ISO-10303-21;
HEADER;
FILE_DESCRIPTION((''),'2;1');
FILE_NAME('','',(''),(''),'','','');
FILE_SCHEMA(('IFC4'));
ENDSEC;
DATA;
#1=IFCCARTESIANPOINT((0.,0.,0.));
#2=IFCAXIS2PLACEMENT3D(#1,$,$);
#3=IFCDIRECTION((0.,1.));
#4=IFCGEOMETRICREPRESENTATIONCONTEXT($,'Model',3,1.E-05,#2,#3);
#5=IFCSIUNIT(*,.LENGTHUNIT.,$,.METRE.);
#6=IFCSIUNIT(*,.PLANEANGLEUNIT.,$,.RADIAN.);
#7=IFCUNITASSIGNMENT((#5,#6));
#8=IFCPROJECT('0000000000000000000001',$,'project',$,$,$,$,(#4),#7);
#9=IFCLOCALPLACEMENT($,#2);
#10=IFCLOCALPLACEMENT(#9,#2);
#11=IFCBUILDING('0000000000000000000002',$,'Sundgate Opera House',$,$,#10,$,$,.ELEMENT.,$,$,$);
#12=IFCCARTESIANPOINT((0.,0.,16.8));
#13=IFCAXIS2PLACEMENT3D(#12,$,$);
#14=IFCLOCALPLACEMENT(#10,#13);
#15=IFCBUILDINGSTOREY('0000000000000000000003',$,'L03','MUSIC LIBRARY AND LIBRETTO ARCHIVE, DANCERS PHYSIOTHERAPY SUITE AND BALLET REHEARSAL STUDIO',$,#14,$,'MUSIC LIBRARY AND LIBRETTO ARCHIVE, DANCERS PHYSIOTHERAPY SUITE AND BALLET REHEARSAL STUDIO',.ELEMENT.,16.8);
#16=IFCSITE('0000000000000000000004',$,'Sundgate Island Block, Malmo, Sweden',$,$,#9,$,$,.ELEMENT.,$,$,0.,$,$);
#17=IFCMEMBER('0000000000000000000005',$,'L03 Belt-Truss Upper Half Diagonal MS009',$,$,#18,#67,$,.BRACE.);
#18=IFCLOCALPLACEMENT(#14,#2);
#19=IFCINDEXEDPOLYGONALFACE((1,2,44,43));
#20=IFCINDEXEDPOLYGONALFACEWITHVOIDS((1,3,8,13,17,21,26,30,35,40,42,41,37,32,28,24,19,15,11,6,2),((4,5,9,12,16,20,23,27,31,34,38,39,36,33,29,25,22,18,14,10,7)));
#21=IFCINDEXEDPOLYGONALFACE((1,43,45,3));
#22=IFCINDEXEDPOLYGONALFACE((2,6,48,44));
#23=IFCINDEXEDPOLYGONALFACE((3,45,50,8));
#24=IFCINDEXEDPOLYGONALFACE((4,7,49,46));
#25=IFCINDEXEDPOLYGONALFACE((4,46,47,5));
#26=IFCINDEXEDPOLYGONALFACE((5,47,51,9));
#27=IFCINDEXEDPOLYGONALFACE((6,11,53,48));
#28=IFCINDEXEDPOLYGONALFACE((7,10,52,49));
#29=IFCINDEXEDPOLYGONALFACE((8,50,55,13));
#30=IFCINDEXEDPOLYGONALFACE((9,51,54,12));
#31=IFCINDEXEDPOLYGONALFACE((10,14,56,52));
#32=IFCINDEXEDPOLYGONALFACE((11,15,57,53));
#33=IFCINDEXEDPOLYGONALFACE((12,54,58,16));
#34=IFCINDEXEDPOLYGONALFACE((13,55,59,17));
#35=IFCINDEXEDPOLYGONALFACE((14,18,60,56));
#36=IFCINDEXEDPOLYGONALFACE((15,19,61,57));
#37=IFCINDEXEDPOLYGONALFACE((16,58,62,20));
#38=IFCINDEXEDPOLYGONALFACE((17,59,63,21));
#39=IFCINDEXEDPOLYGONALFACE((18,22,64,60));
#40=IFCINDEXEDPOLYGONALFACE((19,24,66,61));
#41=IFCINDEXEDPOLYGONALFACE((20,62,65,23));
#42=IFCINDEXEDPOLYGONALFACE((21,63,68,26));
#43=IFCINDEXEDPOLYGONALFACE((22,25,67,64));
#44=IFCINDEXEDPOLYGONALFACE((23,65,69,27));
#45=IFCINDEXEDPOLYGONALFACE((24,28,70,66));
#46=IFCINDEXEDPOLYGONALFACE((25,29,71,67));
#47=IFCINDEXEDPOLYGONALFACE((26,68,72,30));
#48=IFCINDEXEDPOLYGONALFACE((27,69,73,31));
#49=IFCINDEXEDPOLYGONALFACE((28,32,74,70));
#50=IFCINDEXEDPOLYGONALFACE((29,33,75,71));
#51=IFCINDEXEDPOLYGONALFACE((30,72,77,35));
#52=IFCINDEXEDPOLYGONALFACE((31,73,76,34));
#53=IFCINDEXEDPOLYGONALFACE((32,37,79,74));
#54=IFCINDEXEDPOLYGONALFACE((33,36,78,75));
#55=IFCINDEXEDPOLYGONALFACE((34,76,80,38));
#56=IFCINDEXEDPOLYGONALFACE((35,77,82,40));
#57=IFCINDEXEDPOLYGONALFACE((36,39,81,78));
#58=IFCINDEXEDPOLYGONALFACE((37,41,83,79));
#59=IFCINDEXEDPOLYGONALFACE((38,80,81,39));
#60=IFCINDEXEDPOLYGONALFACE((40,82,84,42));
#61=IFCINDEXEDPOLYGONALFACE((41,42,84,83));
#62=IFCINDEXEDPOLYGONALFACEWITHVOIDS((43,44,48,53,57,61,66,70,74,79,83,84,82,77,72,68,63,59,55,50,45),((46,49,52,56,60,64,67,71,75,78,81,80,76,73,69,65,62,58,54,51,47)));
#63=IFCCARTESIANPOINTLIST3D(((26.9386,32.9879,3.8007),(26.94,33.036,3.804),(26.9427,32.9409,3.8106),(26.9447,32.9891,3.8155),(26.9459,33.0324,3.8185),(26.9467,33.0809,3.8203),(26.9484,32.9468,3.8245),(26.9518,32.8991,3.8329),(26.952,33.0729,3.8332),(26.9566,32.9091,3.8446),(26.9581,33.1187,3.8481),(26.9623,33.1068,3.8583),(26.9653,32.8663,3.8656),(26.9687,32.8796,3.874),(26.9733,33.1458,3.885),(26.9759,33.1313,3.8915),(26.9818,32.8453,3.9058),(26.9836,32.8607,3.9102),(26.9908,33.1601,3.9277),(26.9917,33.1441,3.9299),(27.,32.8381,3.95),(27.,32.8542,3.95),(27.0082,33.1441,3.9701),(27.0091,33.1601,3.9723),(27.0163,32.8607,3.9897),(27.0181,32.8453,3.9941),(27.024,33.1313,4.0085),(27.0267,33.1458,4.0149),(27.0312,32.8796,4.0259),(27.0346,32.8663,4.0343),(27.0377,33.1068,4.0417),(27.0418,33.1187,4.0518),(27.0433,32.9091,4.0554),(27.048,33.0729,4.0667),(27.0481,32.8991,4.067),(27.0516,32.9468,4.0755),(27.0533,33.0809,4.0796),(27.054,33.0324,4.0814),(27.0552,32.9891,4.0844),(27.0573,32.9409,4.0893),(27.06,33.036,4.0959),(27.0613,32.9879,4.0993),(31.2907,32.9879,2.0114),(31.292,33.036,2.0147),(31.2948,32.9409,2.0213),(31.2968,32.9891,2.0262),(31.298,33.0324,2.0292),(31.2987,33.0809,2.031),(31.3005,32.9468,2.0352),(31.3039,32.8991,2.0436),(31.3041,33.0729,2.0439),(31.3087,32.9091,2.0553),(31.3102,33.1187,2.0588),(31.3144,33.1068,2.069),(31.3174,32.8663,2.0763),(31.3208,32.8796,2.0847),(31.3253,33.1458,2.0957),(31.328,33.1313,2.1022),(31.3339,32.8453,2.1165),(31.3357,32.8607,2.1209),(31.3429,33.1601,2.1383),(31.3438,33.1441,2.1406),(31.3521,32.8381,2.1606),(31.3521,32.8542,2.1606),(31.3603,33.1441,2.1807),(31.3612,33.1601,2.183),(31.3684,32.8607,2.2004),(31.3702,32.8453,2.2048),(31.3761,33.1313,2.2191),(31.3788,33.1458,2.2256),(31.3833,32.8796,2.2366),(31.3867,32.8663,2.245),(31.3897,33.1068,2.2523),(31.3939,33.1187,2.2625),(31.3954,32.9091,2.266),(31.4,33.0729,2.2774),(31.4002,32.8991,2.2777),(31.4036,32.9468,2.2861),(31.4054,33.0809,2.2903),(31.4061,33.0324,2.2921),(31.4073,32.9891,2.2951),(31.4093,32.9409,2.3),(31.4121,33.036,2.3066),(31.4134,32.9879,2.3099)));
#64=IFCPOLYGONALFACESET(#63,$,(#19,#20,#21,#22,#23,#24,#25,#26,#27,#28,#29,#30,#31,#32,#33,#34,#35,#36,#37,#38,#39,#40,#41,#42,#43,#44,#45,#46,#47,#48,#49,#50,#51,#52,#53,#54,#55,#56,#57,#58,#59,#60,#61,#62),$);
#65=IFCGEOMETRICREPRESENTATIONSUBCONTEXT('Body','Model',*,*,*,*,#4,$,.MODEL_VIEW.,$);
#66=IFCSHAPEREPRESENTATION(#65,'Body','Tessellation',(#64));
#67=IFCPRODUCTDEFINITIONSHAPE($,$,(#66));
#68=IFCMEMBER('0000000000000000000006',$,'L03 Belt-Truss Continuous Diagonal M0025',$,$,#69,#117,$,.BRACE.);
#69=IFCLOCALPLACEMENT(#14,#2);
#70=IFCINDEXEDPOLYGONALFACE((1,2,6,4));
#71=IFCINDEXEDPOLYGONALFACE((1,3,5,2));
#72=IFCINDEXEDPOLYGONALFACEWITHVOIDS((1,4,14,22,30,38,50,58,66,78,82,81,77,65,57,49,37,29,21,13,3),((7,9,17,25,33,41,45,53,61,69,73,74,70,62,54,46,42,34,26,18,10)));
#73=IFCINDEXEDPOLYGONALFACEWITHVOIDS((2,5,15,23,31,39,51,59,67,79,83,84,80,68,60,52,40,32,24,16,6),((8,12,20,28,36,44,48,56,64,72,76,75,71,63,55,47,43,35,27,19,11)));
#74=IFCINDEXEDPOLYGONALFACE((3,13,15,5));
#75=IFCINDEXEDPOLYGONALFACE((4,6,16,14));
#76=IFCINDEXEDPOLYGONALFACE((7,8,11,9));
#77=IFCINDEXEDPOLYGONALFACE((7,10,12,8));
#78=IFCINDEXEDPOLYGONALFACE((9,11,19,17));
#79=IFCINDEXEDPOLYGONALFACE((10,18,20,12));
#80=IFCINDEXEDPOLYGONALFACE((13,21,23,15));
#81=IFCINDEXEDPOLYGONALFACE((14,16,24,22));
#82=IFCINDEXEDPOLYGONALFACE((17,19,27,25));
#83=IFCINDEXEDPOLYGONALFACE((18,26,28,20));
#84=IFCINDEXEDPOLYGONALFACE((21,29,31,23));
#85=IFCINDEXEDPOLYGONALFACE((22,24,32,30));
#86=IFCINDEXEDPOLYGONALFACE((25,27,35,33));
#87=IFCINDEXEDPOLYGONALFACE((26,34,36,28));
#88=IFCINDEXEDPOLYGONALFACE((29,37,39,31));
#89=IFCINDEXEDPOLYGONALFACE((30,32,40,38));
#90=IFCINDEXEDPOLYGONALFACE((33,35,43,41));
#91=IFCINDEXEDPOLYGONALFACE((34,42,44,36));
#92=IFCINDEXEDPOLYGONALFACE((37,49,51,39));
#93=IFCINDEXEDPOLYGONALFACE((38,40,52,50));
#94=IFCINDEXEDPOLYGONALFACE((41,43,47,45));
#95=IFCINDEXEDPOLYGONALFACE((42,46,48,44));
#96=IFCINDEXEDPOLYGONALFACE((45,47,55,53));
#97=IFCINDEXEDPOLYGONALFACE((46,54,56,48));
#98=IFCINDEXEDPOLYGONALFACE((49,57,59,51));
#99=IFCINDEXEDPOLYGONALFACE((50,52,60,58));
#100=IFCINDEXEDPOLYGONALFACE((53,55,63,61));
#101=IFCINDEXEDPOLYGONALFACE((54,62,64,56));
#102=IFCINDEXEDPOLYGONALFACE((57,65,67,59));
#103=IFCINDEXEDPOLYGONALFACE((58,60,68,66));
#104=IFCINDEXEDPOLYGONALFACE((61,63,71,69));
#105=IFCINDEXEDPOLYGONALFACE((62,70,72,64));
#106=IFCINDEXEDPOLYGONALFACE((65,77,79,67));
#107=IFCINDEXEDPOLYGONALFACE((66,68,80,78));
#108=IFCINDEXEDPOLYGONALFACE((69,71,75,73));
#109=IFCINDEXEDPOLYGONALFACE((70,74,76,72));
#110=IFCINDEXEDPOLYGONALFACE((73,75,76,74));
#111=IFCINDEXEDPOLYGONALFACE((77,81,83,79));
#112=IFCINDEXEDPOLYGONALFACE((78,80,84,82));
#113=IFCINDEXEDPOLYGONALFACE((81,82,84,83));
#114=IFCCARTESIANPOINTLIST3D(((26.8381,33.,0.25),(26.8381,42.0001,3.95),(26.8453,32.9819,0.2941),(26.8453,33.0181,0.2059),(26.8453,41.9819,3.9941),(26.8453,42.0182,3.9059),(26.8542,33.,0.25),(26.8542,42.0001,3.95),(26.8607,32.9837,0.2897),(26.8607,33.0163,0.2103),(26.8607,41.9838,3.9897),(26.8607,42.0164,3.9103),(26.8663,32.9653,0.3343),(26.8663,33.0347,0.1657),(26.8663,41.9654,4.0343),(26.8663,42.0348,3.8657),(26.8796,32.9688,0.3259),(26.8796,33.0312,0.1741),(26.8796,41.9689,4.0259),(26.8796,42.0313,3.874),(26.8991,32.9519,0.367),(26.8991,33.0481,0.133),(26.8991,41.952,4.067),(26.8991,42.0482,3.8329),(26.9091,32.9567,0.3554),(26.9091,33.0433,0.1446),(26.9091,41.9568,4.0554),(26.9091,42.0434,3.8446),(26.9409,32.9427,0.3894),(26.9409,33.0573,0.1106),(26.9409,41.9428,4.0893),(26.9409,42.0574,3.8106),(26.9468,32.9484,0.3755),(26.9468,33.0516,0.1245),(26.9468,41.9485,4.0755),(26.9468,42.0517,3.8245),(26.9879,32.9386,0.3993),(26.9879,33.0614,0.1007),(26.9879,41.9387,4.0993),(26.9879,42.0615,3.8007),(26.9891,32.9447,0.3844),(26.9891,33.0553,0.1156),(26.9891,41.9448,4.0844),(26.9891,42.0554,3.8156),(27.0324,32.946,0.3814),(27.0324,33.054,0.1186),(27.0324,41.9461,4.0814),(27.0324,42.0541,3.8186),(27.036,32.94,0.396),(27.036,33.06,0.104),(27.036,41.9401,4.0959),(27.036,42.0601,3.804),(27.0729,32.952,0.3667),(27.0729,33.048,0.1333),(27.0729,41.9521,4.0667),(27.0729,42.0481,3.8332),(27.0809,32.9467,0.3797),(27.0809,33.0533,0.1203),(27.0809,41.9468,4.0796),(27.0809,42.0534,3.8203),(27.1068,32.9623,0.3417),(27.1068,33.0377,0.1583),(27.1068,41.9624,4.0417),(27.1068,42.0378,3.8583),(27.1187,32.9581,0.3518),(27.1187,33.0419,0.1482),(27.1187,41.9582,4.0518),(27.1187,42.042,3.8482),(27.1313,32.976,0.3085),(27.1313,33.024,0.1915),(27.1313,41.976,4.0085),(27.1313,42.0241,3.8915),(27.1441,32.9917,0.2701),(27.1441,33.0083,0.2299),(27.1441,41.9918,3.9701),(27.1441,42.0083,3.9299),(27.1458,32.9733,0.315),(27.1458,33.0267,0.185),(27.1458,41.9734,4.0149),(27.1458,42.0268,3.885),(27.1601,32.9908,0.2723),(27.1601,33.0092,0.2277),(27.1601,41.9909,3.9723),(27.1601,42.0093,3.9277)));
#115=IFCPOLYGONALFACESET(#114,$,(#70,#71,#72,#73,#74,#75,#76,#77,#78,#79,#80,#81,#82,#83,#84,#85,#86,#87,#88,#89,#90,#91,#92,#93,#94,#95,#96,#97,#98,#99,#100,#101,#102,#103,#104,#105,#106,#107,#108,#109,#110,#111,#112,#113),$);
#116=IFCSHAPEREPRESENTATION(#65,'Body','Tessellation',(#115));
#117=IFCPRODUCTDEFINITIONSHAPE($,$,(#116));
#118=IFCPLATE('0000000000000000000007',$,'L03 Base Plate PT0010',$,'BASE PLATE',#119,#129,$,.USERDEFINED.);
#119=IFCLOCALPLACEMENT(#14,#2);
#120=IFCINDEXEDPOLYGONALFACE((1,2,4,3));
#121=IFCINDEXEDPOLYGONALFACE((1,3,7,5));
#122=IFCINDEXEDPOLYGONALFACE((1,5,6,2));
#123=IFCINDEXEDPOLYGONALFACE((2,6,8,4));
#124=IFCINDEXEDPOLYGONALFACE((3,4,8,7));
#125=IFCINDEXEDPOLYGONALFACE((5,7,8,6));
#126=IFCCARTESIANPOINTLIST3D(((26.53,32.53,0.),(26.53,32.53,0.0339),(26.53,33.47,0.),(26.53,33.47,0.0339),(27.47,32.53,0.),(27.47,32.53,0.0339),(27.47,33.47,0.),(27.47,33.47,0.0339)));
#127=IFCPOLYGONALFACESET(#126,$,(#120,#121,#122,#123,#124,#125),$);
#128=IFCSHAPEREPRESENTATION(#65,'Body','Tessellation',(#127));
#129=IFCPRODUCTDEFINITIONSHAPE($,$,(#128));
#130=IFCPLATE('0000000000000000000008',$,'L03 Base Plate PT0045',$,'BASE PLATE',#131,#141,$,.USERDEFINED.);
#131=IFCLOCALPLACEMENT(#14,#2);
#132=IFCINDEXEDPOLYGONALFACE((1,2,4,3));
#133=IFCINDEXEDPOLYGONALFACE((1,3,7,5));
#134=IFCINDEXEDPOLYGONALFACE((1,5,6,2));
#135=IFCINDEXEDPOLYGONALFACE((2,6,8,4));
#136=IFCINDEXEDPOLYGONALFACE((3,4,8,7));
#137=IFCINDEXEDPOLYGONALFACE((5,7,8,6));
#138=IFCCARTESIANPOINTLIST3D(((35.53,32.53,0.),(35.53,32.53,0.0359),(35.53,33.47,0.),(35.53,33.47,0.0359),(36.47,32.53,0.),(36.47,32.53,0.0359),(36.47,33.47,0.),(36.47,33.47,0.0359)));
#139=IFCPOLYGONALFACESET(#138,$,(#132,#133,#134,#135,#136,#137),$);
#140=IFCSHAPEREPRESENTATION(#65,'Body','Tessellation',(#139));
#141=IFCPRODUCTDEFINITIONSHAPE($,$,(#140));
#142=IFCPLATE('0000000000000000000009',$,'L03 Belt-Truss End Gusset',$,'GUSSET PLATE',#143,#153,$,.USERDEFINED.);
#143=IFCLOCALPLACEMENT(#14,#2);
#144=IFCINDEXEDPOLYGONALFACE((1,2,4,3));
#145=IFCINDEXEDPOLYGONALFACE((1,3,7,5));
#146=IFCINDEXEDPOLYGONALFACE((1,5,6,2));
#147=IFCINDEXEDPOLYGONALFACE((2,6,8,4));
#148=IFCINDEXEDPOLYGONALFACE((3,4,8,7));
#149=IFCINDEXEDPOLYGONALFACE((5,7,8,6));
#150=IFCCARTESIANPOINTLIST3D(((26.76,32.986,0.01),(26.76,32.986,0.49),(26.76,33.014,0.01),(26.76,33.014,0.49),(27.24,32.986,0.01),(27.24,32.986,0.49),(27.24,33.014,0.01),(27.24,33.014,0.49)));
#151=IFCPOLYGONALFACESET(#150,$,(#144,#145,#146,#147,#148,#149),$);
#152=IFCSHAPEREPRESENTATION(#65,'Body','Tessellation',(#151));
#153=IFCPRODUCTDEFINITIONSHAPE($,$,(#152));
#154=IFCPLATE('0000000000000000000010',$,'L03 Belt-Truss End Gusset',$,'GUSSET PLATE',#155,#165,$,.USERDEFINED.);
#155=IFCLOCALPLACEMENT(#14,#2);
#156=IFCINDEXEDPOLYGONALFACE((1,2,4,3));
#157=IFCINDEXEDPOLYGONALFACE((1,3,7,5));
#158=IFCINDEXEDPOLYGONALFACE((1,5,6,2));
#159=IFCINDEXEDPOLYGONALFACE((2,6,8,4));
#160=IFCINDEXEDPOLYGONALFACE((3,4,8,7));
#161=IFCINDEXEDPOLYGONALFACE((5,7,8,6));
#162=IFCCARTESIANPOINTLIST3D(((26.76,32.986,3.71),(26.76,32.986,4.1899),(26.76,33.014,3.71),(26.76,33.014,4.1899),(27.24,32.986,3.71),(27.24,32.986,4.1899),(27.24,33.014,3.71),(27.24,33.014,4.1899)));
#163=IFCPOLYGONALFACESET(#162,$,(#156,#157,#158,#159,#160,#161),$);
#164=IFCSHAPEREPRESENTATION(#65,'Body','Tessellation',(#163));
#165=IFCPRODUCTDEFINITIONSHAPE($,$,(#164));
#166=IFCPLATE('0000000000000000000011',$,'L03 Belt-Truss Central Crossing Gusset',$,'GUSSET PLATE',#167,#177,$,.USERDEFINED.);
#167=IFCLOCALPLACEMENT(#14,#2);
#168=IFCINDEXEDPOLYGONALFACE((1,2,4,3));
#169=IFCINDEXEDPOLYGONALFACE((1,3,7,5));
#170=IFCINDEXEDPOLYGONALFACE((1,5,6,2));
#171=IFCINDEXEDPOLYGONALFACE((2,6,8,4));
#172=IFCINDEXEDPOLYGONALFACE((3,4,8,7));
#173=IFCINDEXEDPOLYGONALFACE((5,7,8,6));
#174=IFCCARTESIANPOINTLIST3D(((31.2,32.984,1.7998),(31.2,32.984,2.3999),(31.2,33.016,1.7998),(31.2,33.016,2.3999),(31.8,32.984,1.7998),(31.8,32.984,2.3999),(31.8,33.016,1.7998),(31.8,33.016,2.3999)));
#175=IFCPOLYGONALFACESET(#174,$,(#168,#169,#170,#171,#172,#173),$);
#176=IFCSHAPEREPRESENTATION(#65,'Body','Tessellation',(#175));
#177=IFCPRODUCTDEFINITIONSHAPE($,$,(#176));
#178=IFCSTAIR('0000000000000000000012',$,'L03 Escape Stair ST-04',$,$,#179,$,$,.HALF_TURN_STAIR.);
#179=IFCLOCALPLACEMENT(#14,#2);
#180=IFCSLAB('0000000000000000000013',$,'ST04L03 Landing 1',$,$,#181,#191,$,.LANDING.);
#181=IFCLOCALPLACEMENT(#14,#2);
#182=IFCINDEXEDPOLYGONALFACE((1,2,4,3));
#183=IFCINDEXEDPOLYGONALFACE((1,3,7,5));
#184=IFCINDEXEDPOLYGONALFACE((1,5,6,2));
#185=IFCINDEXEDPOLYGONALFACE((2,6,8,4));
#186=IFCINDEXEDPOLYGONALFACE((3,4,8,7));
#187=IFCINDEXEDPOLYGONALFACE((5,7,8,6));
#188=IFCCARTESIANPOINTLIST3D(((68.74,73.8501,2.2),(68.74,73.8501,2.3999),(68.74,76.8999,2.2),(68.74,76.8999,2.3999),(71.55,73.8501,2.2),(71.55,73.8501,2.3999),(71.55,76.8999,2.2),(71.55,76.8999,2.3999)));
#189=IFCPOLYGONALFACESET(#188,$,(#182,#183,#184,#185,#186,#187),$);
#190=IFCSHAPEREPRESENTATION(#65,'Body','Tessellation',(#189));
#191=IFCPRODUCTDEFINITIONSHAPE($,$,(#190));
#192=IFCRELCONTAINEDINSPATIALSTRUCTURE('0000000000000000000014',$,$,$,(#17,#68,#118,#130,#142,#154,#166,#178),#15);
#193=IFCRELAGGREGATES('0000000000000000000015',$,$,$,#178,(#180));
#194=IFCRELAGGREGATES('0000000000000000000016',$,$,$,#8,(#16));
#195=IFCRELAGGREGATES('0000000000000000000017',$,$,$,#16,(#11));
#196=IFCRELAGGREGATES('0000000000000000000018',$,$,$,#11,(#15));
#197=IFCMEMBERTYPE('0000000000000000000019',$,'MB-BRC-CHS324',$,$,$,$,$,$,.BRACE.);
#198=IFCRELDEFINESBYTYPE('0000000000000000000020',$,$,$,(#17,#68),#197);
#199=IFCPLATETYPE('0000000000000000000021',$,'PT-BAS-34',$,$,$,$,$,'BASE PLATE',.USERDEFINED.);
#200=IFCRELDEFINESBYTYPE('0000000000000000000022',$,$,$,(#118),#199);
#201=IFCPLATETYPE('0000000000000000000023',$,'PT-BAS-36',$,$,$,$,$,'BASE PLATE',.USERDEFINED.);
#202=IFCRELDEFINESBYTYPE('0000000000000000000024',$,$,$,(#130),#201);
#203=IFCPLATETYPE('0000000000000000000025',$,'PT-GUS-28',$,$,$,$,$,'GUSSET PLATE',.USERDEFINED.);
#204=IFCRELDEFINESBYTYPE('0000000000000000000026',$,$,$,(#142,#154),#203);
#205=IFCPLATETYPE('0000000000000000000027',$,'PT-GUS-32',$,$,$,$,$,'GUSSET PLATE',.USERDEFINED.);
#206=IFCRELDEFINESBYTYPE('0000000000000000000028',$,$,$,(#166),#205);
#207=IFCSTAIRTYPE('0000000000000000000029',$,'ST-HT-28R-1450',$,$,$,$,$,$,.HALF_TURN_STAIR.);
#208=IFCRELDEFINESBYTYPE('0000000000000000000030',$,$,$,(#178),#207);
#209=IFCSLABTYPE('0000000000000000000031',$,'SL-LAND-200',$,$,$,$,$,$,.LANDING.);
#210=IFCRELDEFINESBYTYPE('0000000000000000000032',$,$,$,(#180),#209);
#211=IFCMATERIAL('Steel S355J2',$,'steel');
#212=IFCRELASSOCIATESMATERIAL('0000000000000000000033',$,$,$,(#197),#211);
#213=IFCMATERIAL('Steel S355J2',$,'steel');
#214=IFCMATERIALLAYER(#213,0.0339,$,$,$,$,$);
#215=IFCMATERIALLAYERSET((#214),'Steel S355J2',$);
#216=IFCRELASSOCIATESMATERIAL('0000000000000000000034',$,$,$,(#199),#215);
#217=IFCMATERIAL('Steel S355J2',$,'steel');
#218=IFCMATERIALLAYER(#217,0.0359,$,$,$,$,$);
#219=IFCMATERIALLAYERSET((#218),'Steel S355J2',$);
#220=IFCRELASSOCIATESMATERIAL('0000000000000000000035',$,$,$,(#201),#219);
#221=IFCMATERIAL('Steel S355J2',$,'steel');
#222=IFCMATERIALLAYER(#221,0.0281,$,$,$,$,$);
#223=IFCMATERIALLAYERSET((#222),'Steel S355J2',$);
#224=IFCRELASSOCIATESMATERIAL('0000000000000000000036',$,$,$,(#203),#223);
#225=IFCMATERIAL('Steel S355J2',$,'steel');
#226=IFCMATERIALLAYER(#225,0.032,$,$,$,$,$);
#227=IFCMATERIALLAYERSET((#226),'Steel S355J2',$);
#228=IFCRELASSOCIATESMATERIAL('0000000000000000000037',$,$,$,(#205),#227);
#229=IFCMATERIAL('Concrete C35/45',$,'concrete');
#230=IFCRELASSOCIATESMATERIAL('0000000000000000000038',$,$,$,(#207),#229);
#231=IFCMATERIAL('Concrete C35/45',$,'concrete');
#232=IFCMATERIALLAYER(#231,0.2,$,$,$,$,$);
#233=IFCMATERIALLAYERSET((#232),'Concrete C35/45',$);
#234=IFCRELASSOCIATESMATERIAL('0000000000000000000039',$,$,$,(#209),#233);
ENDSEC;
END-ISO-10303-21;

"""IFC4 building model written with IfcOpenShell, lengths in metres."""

from ifc_helpers import new_model, si_unit, direction, frame, origin, origin_2d, place, context, subcontext, project, spatial, polyline, rectangle, hollow_circle, outline, extrude, material, layer, layer_set, material_profile, profile_set, type_object, element, aggregate, save


model = new_model("IFC4")

# Units and contexts
model_context = context("Model", 3, precision=1e-05, world=origin(), true_north=direction((0.0, 1.0)))
body_context = subcontext(model_context, "Body", "Model", "MODEL_VIEW")
ifc_project = project(units=[si_unit("LENGTHUNIT", "METRE"), si_unit("PLANEANGLEUNIT", "RADIAN")], contexts=[model_context])

# Site, building, storey
site_placement = place(None, origin())
site = spatial("IfcSite", under=ifc_project, at=site_placement, Name="Sundgate Island Block, Malmo, Sweden", CompositionType="ELEMENT", RefElevation=0.0)
building_placement = place(site_placement, origin())
building = spatial("IfcBuilding", under=site, at=building_placement, Name="Sundgate Opera House", CompositionType="ELEMENT")
storey_placement = place(building_placement, frame((0.0, 0.0, 16.8)))
storey = spatial("IfcBuildingStorey", under=building, at=storey_placement, Name="L03", Description="MUSIC LIBRARY AND LIBRETTO ARCHIVE, DANCERS PHYSIOTHERAPY SUITE AND BALLET REHEARSAL STUDIO", LongName="MUSIC LIBRARY AND LIBRETTO ARCHIVE, DANCERS PHYSIOTHERAPY SUITE AND BALLET REHEARSAL STUDIO", CompositionType="ELEMENT", Elevation=16.8)

# Members
ifc_material_1 = material(Name="Steel S355J2", Category="steel")
ifc_material_profile_1 = material_profile(ifc_material_1, hollow_circle(Radius=0.1619, WallThickness=0.0161, at=origin_2d()), Name="CHS 323.9x16.0")
ifc_profile_set_1 = profile_set([ifc_material_profile_1], Name="Steel S355J2")
member_type = type_object("IfcMemberType", Name="MB-BRC-CHS324", PredefinedType="BRACE", material=ifc_profile_set_1)
member_1_placement = place(storey_placement, frame((31.3521, 33.0, 2.1606), z_axis=(-0.924881, 0.0, 0.380257), x_axis=(0.0, -1.0, 0.0)))
element("IfcMember", 1, at=member_1_placement, inside=storey, type_object=member_type, Name="L03 Belt-Truss Upper Half Diagonal MS009", PredefinedType="BRACE", context=body_context, shape_type="SweptSolid", body=[
    extrude(hollow_circle(Radius=0.1619, WallThickness=0.0161, at=origin_2d()), origin(), (0.0, 0.0, 1.0), 4.7056),
])
member_2_placement = place(storey_placement, frame((27.0, 33.0, 0.25), z_axis=(0.0, 0.924893, 0.380229), x_axis=(-1.0, 0.0, 0.0)))
element("IfcMember", 2, at=member_2_placement, inside=storey, type_object=member_type, Name="L03 Belt-Truss Continuous Diagonal M0025", PredefinedType="BRACE", context=body_context, shape_type="SweptSolid", body=[
    extrude(hollow_circle(Radius=0.1619, WallThickness=0.0161, at=origin_2d()), origin(), (0.0, 0.0, 1.0), 9.731),
])

# Plates
ifc_material_2 = material(Name="Steel S355J2", Category="steel")
ifc_layer_1 = layer(ifc_material_2, 0.0339)
ifc_layer_set_1 = layer_set([ifc_layer_1], Name="Steel S355J2")
plate_type_1 = type_object("IfcPlateType", Name="PT-BAS-34", ElementType="BASE PLATE", PredefinedType="USERDEFINED", material=ifc_layer_set_1)
plate_1_placement = place(storey_placement, frame((27.0, 33.0, 0.0), z_axis=(0.0, 0.0, 1.0), x_axis=(1.0, 0.0, 0.0)))
element("IfcPlate", 3, at=plate_1_placement, inside=storey, type_object=plate_type_1, Name="L03 Base Plate PT0010", ObjectType="BASE PLATE", PredefinedType="USERDEFINED", context=body_context, shape_type="SweptSolid", body=[
    extrude(rectangle(XDim=0.9399, YDim=0.9399, at=origin_2d()), origin(), (0.0, 0.0, 1.0), 0.0339),
])
ifc_material_3 = material(Name="Steel S355J2", Category="steel")
ifc_layer_2 = layer(ifc_material_3, 0.0359)
ifc_layer_set_2 = layer_set([ifc_layer_2], Name="Steel S355J2")
plate_type_2 = type_object("IfcPlateType", Name="PT-BAS-36", ElementType="BASE PLATE", PredefinedType="USERDEFINED", material=ifc_layer_set_2)
plate_2_placement = place(storey_placement, frame((36.0, 33.0, 0.0), z_axis=(0.0, 0.0, 1.0), x_axis=(1.0, 0.0, 0.0)))
element("IfcPlate", 4, at=plate_2_placement, inside=storey, type_object=plate_type_2, Name="L03 Base Plate PT0045", ObjectType="BASE PLATE", PredefinedType="USERDEFINED", context=body_context, shape_type="SweptSolid", body=[
    extrude(rectangle(XDim=0.9399, YDim=0.9399, at=origin_2d()), origin(), (0.0, 0.0, 1.0), 0.0359),
])
ifc_material_4 = material(Name="Steel S355J2", Category="steel")
ifc_layer_3 = layer(ifc_material_4, 0.0281)
ifc_layer_set_3 = layer_set([ifc_layer_3], Name="Steel S355J2")
plate_type_3 = type_object("IfcPlateType", Name="PT-GUS-28", ElementType="GUSSET PLATE", PredefinedType="USERDEFINED", material=ifc_layer_set_3)
for number, where, z_axis, x_axis, name in (
    (5, (27.0, 33.0, 0.01), (0.0, 0.0, 1.0), (1.0, 0.0, 0.0), "L03 Belt-Truss End Gusset"),
    (6, (27.0, 33.0, 3.71), (0.0, 0.0, 1.0), (1.0, 0.0, 0.0), "L03 Belt-Truss End Gusset"),
):
    element("IfcPlate", number, at=place(storey_placement, frame(where, z_axis=z_axis, x_axis=x_axis)), inside=storey, type_object=plate_type_3, Name=name, ObjectType="GUSSET PLATE", PredefinedType="USERDEFINED", context=body_context, shape_type="SweptSolid", body=[
        extrude(rectangle(XDim=0.48, YDim=0.0281, at=origin_2d()), origin(), (0.0, 0.0, 1.0), 0.48),
    ])
ifc_material_5 = material(Name="Steel S355J2", Category="steel")
ifc_layer_4 = layer(ifc_material_5, 0.032)
ifc_layer_set_4 = layer_set([ifc_layer_4], Name="Steel S355J2")
plate_type_4 = type_object("IfcPlateType", Name="PT-GUS-32", ElementType="GUSSET PLATE", PredefinedType="USERDEFINED", material=ifc_layer_set_4)
plate_3_placement = place(storey_placement, frame((31.5, 33.0, 1.7998), z_axis=(0.0, 0.0, 1.0), x_axis=(1.0, 0.0, 0.0)))
element("IfcPlate", 7, at=plate_3_placement, inside=storey, type_object=plate_type_4, Name="L03 Belt-Truss Central Crossing Gusset", ObjectType="GUSSET PLATE", PredefinedType="USERDEFINED", context=body_context, shape_type="SweptSolid", body=[
    extrude(rectangle(XDim=0.6001, YDim=0.032, at=origin_2d()), origin(), (0.0, 0.0, 1.0), 0.6001),
])

# Stair, slab
ifc_material_6 = material(Name="Concrete C35/45", Category="concrete")
stair_type = type_object("IfcStairType", Name="ST-HT-28R-1450", PredefinedType="HALF_TURN_STAIR", material=ifc_material_6)
stair_1_placement = place(storey_placement, origin())
stair_1 = element("IfcStair", 8, at=stair_1_placement, inside=storey, type_object=stair_type, Name="L03 Escape Stair ST-04", PredefinedType="HALF_TURN_STAIR")
ifc_material_7 = material(Name="Concrete C35/45", Category="concrete")
ifc_layer_5 = layer(ifc_material_7, 0.2)
ifc_layer_set_5 = layer_set([ifc_layer_5], Name="Concrete C35/45")
slab_type = type_object("IfcSlabType", Name="SL-LAND-200", PredefinedType="LANDING", material=ifc_layer_set_5)
slab_1_placement = place(storey_placement, frame((0.0, 0.0, 2.2)))
slab_1 = element("IfcSlab", 9, at=slab_1_placement, type_object=slab_type, Name="ST04L03 Landing 1", PredefinedType="LANDING", context=body_context, shape_type="SweptSolid", body=[
    extrude(outline(polyline([(68.74, 73.8501), (71.55, 73.8501), (71.55, 76.8999), (68.74, 76.8999), (68.74, 73.8501)])), origin(), (0.0, 0.0, 1.0), 0.2),
])
aggregate(stair_1, [slab_1])

save(model, "model.ifc")
